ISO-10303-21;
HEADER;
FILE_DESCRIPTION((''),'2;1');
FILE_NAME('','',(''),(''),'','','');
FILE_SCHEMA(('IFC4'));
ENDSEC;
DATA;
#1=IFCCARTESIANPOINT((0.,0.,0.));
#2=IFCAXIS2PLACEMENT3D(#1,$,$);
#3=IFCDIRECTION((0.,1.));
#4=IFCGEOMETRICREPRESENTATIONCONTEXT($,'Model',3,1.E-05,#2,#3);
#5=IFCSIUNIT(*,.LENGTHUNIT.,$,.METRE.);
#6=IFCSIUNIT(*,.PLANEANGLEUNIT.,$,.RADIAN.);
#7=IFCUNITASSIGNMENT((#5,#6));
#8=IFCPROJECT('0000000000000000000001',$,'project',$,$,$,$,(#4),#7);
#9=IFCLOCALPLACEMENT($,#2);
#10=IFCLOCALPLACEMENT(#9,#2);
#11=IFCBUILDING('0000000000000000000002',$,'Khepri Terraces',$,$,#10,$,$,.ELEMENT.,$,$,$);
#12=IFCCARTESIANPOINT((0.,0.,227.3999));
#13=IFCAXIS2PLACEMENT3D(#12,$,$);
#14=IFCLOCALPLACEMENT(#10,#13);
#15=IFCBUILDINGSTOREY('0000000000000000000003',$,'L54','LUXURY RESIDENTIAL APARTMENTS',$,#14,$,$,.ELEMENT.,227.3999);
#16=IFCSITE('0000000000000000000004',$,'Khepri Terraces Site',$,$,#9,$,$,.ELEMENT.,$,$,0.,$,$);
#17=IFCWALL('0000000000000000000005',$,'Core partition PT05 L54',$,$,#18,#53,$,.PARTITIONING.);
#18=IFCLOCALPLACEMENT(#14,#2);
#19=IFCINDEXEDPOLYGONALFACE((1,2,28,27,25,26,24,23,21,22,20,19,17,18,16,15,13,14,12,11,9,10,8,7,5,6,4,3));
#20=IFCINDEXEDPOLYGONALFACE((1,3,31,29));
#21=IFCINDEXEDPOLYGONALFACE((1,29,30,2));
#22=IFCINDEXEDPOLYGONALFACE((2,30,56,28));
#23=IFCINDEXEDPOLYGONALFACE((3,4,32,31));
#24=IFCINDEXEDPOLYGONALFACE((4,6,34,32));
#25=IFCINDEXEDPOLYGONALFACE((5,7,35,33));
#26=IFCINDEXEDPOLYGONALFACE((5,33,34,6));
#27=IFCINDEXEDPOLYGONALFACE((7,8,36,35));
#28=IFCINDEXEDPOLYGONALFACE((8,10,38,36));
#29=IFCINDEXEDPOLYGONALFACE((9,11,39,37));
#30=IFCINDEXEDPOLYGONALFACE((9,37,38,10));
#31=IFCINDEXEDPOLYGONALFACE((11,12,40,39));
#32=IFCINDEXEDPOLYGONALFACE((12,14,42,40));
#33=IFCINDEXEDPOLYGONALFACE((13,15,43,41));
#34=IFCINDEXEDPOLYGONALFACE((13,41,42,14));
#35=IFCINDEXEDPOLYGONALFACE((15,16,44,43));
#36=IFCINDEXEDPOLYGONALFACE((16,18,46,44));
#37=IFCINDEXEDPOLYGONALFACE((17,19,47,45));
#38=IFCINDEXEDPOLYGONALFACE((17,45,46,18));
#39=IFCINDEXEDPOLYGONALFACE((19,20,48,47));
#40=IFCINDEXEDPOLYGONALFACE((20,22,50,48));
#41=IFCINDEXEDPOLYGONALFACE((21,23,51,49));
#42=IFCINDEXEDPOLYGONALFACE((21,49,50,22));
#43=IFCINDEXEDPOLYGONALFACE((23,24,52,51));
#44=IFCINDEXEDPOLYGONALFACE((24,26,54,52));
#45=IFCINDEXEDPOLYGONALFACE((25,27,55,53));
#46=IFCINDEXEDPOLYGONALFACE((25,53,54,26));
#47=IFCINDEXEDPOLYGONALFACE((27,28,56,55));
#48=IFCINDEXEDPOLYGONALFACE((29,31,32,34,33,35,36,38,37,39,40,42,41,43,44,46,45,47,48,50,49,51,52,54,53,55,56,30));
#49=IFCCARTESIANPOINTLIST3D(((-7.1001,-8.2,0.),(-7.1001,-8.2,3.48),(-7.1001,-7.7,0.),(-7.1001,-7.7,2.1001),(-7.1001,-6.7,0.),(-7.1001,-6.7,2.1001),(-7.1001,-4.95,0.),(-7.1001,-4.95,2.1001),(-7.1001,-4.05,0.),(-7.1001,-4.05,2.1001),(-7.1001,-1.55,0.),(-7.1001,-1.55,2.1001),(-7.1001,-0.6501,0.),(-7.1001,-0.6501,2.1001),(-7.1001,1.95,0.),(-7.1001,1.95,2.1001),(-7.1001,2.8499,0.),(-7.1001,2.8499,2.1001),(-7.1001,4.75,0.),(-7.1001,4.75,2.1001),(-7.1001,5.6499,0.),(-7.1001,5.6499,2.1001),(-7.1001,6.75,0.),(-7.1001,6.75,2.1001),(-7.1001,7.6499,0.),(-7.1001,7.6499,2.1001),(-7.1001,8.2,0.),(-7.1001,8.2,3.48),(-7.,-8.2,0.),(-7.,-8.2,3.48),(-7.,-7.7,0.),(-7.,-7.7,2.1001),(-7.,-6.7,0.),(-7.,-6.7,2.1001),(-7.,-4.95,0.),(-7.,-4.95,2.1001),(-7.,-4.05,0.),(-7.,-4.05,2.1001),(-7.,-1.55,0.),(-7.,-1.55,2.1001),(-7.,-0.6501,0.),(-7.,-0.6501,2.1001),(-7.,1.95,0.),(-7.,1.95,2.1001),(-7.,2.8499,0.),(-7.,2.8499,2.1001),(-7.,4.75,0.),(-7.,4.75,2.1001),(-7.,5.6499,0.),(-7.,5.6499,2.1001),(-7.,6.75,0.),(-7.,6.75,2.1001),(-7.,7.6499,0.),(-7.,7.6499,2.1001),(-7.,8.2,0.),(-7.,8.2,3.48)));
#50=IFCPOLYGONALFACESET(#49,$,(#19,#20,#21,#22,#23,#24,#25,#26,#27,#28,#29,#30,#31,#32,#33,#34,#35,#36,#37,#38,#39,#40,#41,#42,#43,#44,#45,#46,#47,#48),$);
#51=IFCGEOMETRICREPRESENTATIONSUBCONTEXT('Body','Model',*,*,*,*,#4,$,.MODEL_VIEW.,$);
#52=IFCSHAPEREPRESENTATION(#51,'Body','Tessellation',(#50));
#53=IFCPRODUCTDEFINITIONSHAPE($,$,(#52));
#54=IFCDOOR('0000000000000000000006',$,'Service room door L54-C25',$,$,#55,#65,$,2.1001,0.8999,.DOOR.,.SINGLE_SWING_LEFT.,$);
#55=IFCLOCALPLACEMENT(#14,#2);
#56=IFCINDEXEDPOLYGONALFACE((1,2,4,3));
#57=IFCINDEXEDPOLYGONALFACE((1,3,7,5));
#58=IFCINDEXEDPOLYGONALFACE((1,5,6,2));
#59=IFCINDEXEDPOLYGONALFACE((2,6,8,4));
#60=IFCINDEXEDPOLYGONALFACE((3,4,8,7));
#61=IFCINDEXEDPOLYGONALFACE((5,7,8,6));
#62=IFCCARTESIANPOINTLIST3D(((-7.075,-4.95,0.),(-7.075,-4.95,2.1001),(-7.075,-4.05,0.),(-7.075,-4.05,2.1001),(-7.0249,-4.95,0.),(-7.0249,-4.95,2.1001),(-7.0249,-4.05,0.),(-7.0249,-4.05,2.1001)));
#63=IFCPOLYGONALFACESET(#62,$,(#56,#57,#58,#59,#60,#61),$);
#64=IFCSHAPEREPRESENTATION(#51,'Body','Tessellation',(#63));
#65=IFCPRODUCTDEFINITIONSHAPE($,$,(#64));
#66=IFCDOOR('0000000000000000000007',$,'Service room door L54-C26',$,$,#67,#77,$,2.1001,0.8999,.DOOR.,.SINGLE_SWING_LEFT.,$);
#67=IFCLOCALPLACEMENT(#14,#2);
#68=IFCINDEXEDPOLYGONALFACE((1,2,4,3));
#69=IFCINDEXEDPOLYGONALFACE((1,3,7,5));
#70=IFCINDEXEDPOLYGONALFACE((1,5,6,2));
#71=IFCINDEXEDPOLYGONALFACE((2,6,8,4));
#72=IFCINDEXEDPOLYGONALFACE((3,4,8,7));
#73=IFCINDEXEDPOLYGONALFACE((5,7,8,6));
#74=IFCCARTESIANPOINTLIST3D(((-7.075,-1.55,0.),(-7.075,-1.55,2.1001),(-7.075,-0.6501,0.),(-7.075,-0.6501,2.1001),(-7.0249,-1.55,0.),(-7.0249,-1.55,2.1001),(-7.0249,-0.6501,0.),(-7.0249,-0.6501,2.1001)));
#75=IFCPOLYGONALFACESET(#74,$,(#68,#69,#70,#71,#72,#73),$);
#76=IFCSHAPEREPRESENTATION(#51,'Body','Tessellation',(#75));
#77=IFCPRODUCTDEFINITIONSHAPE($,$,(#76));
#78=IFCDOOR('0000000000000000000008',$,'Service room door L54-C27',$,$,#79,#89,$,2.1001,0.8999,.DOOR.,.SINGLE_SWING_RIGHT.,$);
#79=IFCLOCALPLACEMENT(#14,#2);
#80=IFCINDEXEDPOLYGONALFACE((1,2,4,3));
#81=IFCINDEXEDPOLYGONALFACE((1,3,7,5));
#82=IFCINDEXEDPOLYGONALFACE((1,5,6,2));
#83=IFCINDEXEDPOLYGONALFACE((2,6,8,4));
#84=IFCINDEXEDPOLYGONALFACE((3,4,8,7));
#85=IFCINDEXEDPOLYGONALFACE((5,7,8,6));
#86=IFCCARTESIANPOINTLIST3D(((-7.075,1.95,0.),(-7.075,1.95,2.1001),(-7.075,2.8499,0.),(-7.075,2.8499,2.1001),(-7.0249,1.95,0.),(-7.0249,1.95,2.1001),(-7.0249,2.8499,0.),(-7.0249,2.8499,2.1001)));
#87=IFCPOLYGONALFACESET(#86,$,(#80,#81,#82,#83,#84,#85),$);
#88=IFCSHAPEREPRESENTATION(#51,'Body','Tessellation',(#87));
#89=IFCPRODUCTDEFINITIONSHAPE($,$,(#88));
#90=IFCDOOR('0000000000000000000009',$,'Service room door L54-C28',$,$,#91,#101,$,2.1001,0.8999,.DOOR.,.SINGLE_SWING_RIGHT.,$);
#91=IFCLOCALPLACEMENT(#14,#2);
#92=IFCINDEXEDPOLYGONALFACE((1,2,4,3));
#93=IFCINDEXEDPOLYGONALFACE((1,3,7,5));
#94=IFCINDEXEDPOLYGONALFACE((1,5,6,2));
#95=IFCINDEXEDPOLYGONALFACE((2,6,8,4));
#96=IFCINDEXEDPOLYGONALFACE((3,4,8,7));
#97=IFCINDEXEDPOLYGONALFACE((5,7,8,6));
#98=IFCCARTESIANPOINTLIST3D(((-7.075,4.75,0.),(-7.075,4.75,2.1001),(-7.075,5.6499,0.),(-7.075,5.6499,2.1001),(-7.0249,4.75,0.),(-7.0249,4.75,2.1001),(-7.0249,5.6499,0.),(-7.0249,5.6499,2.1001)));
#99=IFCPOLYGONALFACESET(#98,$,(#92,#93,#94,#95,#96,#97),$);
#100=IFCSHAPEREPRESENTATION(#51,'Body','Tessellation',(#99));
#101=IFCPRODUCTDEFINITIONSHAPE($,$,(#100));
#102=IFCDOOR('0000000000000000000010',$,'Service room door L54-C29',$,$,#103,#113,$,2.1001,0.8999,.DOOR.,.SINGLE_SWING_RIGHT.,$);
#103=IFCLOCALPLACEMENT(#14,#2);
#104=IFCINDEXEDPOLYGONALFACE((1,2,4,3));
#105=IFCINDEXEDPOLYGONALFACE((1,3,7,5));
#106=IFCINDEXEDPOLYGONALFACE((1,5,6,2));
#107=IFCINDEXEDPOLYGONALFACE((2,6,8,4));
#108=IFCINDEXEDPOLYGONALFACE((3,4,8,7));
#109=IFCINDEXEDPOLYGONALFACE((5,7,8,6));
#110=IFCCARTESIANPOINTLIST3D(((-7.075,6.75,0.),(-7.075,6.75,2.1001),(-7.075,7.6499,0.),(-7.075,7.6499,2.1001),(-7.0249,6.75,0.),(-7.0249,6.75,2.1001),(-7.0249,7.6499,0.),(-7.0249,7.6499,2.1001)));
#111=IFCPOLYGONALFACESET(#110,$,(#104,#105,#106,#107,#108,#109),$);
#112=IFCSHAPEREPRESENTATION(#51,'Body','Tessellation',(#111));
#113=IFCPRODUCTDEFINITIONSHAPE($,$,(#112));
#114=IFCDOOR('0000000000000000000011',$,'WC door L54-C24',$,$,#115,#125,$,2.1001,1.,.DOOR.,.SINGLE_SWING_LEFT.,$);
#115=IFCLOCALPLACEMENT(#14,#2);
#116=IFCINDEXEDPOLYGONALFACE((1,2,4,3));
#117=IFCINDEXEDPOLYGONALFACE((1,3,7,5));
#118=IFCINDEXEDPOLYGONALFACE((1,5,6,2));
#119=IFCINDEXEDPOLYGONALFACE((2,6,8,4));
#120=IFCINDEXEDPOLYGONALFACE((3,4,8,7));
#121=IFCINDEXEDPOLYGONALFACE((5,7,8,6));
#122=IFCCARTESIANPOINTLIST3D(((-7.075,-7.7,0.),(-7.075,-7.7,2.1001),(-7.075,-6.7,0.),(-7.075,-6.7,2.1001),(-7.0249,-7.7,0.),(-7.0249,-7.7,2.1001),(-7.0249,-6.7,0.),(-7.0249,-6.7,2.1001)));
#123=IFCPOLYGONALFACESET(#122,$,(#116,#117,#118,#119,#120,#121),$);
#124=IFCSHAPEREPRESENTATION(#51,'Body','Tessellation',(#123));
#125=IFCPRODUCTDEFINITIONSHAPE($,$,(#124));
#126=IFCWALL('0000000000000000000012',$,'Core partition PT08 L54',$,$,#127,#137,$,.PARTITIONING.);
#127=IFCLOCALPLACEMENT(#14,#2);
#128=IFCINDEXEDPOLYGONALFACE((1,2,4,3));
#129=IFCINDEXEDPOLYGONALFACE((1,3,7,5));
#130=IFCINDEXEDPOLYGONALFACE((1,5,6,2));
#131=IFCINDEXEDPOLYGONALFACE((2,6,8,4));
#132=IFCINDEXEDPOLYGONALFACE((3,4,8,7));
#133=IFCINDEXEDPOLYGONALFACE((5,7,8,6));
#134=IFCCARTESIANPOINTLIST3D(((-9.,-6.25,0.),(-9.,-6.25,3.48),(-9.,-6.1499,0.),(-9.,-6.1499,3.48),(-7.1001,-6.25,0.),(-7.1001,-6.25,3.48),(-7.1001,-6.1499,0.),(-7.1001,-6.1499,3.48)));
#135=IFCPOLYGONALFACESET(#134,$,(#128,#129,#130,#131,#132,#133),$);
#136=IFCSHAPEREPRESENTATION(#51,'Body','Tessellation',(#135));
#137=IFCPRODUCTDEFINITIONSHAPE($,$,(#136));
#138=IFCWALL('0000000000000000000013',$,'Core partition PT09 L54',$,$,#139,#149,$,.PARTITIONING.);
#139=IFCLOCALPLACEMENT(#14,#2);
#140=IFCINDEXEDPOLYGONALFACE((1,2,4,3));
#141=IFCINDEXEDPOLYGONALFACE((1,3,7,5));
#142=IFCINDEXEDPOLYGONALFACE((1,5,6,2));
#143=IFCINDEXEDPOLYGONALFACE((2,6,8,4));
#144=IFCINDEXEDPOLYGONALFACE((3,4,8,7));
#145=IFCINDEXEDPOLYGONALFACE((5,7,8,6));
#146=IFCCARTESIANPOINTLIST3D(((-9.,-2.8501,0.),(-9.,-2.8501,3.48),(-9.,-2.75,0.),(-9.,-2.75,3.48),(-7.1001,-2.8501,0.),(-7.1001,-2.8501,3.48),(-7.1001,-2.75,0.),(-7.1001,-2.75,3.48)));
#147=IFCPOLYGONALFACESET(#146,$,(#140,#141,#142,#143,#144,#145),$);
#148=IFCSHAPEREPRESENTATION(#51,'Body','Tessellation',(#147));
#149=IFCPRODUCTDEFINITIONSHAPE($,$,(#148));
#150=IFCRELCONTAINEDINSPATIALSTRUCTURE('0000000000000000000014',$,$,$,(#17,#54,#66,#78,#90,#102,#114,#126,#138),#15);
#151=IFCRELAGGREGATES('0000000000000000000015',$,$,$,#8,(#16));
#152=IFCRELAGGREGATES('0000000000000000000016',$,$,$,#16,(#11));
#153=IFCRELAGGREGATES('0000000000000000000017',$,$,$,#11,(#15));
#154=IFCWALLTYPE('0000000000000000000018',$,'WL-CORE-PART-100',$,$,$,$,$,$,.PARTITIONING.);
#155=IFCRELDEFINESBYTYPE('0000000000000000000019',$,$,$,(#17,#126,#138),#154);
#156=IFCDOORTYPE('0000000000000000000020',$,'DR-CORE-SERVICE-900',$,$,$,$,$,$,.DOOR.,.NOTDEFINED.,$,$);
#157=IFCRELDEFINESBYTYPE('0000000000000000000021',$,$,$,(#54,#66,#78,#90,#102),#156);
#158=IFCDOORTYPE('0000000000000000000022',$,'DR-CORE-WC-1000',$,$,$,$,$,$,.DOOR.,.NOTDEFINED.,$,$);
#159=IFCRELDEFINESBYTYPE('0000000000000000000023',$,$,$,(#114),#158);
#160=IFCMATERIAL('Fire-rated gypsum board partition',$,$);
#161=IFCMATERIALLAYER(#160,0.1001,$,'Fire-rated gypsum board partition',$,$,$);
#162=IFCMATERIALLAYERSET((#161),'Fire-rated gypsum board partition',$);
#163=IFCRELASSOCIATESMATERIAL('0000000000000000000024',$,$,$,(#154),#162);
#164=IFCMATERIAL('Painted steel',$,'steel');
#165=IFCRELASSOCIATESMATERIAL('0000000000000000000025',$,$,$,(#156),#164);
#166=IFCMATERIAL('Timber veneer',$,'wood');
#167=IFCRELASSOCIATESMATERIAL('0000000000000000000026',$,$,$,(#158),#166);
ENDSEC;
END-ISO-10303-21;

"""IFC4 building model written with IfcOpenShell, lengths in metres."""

from ifc_helpers import new_model, si_unit, direction, frame, frame_2d, origin, place, context, subcontext, project, spatial, rectangle, extrude, material, layer, layer_set, type_object, element, fill, save


model = new_model("IFC4")

# Units and contexts
model_context = context("Model", 3, precision=1e-05, world=origin(), true_north=direction((0.0, 1.0)))
body_context = subcontext(model_context, "Body", "Model", "MODEL_VIEW")
ifc_project = project(units=[si_unit("LENGTHUNIT", "METRE"), si_unit("PLANEANGLEUNIT", "RADIAN")], contexts=[model_context])

# Site, building, storey
site_placement = place(None, origin())
site = spatial("IfcSite", under=ifc_project, at=site_placement, Name="Khepri Terraces Site", CompositionType="ELEMENT", RefElevation=0.0)
building_placement = place(site_placement, origin())
building = spatial("IfcBuilding", under=site, at=building_placement, Name="Khepri Terraces", CompositionType="ELEMENT")
storey_placement = place(building_placement, frame((0.0, 0.0, 227.3999)))
storey = spatial("IfcBuildingStorey", under=building, at=storey_placement, Name="L54", Description="LUXURY RESIDENTIAL APARTMENTS", CompositionType="ELEMENT", Elevation=227.3999)

# Shared definitions
ifc_material_1 = material(Name="Painted steel", Category="steel")

# Wall, openings, doors
ifc_material_2 = material(Name="Fire-rated gypsum board partition")
ifc_layer_1 = layer(ifc_material_2, 0.1001, Name="Fire-rated gypsum board partition")
ifc_layer_set_1 = layer_set([ifc_layer_1], Name="Fire-rated gypsum board partition")
wall_type_1 = type_object("IfcWallType", Name="WL-CORE-PART-100", PredefinedType="PARTITIONING", material=ifc_layer_set_1)
wall_1_placement = place(storey_placement, frame((-7.05, -8.2, 0.0), z_axis=(0.0, 0.0, 1.0), x_axis=(0.0, 1.0, 0.0)))
wall_1 = element("IfcWall", 1, at=wall_1_placement, inside=storey, type_object=wall_type_1, Name="Core partition PT05 L54", PredefinedType="PARTITIONING", context=body_context, shape_type="SweptSolid", body=[
    extrude(rectangle(XDim=16.3999, YDim=0.1001, at=frame_2d((8.2, 0.0))), origin(), (0.0, 0.0, 1.0), 3.48),
])
opening_1_placement = place(wall_1_placement, frame((0.5, 0.0, 0.0)))
opening_1 = element("IfcOpeningElement", 2, at=opening_1_placement, cuts=wall_1, PredefinedType="OPENING", context=body_context, shape_type="SweptSolid", body=[
    extrude(rectangle(XDim=1.0, YDim=2.1001, at=frame_2d((0.5, 1.05))), frame((0.0, 0.0601, 0.0), z_axis=(0.0, -1.0, 0.0), x_axis=(1.0, 0.0, 0.0)), (0.0, 0.0, 1.0), 0.1201),
])
opening_2_placement = place(wall_1_placement, frame((3.25, 0.0, 0.0)))
opening_2 = element("IfcOpeningElement", 3, at=opening_2_placement, cuts=wall_1, PredefinedType="OPENING", context=body_context, shape_type="SweptSolid", body=[
    extrude(rectangle(XDim=0.8999, YDim=2.1001, at=frame_2d((0.45, 1.05))), frame((0.0, 0.0601, 0.0), z_axis=(0.0, -1.0, 0.0), x_axis=(1.0, 0.0, 0.0)), (0.0, 0.0, 1.0), 0.1201),
])
opening_3_placement = place(wall_1_placement, frame((6.6499, 0.0, 0.0)))
opening_3 = element("IfcOpeningElement", 4, at=opening_3_placement, cuts=wall_1, PredefinedType="OPENING", context=body_context, shape_type="SweptSolid", body=[
    extrude(rectangle(XDim=0.8999, YDim=2.1001, at=frame_2d((0.45, 1.05))), frame((0.0, 0.0601, 0.0), z_axis=(0.0, -1.0, 0.0), x_axis=(1.0, 0.0, 0.0)), (0.0, 0.0, 1.0), 0.1201),
])
opening_4_placement = place(wall_1_placement, frame((10.1499, 0.0, 0.0)))
opening_4 = element("IfcOpeningElement", 5, at=opening_4_placement, cuts=wall_1, PredefinedType="OPENING", context=body_context, shape_type="SweptSolid", body=[
    extrude(rectangle(XDim=0.8999, YDim=2.1001, at=frame_2d((0.45, 1.05))), frame((0.0, 0.0601, 0.0), z_axis=(0.0, -1.0, 0.0), x_axis=(1.0, 0.0, 0.0)), (0.0, 0.0, 1.0), 0.1201),
])
opening_5_placement = place(wall_1_placement, frame((12.95, 0.0, 0.0)))
opening_5 = element("IfcOpeningElement", 6, at=opening_5_placement, cuts=wall_1, PredefinedType="OPENING", context=body_context, shape_type="SweptSolid", body=[
    extrude(rectangle(XDim=0.8999, YDim=2.1001, at=frame_2d((0.45, 1.05))), frame((0.0, 0.0601, 0.0), z_axis=(0.0, -1.0, 0.0), x_axis=(1.0, 0.0, 0.0)), (0.0, 0.0, 1.0), 0.1201),
])
opening_6_placement = place(wall_1_placement, frame((14.95, 0.0, 0.0)))
opening_6 = element("IfcOpeningElement", 7, at=opening_6_placement, cuts=wall_1, PredefinedType="OPENING", context=body_context, shape_type="SweptSolid", body=[
    extrude(rectangle(XDim=0.8999, YDim=2.1001, at=frame_2d((0.45, 1.05))), frame((0.0, 0.0601, 0.0), z_axis=(0.0, -1.0, 0.0), x_axis=(1.0, 0.0, 0.0)), (0.0, 0.0, 1.0), 0.1201),
])
door_type_1 = type_object("IfcDoorType", Name="DR-CORE-SERVICE-900", OperationType="NOTDEFINED", PredefinedType="DOOR", material=ifc_material_1)
door_1_placement = place(opening_2_placement, origin())
door_1 = element("IfcDoor", 8, at=door_1_placement, inside=storey, type_object=door_type_1, Name="Service room door L54-C25", OperationType="SINGLE_SWING_LEFT", OverallHeight=2.1001, OverallWidth=0.8999, PredefinedType="DOOR", context=body_context, shape_type="SweptSolid", body=[
    extrude(rectangle(XDim=0.8999, YDim=2.1001, at=frame_2d((0.45, 1.05))), frame((0.0, 0.0249, 0.0), z_axis=(0.0, -1.0, 0.0), x_axis=(1.0, 0.0, 0.0)), (0.0, 0.0, 1.0), 0.05),
])
fill(opening_2, door_1)
door_2_placement = place(opening_3_placement, origin())
door_2 = element("IfcDoor", 9, at=door_2_placement, inside=storey, type_object=door_type_1, Name="Service room door L54-C26", OperationType="SINGLE_SWING_LEFT", OverallHeight=2.1001, OverallWidth=0.8999, PredefinedType="DOOR", context=body_context, shape_type="SweptSolid", body=[
    extrude(rectangle(XDim=0.8999, YDim=2.1001, at=frame_2d((0.45, 1.05))), frame((0.0, 0.0249, 0.0), z_axis=(0.0, -1.0, 0.0), x_axis=(1.0, 0.0, 0.0)), (0.0, 0.0, 1.0), 0.05),
])
fill(opening_3, door_2)
door_3_placement = place(opening_4_placement, origin())
door_3 = element("IfcDoor", 10, at=door_3_placement, inside=storey, type_object=door_type_1, Name="Service room door L54-C27", OperationType="SINGLE_SWING_RIGHT", OverallHeight=2.1001, OverallWidth=0.8999, PredefinedType="DOOR", context=body_context, shape_type="SweptSolid", body=[
    extrude(rectangle(XDim=0.8999, YDim=2.1001, at=frame_2d((0.45, 1.05))), frame((0.0, 0.0249, 0.0), z_axis=(0.0, -1.0, 0.0), x_axis=(1.0, 0.0, 0.0)), (0.0, 0.0, 1.0), 0.05),
])
fill(opening_4, door_3)
door_4_placement = place(opening_5_placement, origin())
door_4 = element("IfcDoor", 11, at=door_4_placement, inside=storey, type_object=door_type_1, Name="Service room door L54-C28", OperationType="SINGLE_SWING_RIGHT", OverallHeight=2.1001, OverallWidth=0.8999, PredefinedType="DOOR", context=body_context, shape_type="SweptSolid", body=[
    extrude(rectangle(XDim=0.8999, YDim=2.1001, at=frame_2d((0.45, 1.05))), frame((0.0, 0.0249, 0.0), z_axis=(0.0, -1.0, 0.0), x_axis=(1.0, 0.0, 0.0)), (0.0, 0.0, 1.0), 0.05),
])
fill(opening_5, door_4)
door_5_placement = place(opening_6_placement, origin())
door_5 = element("IfcDoor", 12, at=door_5_placement, inside=storey, type_object=door_type_1, Name="Service room door L54-C29", OperationType="SINGLE_SWING_RIGHT", OverallHeight=2.1001, OverallWidth=0.8999, PredefinedType="DOOR", context=body_context, shape_type="SweptSolid", body=[
    extrude(rectangle(XDim=0.8999, YDim=2.1001, at=frame_2d((0.45, 1.05))), frame((0.0, 0.0249, 0.0), z_axis=(0.0, -1.0, 0.0), x_axis=(1.0, 0.0, 0.0)), (0.0, 0.0, 1.0), 0.05),
])
fill(opening_6, door_5)
ifc_material_3 = material(Name="Timber veneer", Category="wood")
door_type_2 = type_object("IfcDoorType", Name="DR-CORE-WC-1000", OperationType="NOTDEFINED", PredefinedType="DOOR", material=ifc_material_3)
door_6_placement = place(opening_1_placement, origin())
door_6 = element("IfcDoor", 13, at=door_6_placement, inside=storey, type_object=door_type_2, Name="WC door L54-C24", OperationType="SINGLE_SWING_LEFT", OverallHeight=2.1001, OverallWidth=1.0, PredefinedType="DOOR", context=body_context, shape_type="SweptSolid", body=[
    extrude(rectangle(XDim=1.0, YDim=2.1001, at=frame_2d((0.5, 1.05))), frame((0.0, 0.0249, 0.0), z_axis=(0.0, -1.0, 0.0), x_axis=(1.0, 0.0, 0.0)), (0.0, 0.0, 1.0), 0.05),
])
fill(opening_1, door_6)

# Walls
for number, where, z_axis, x_axis, name in (
    (14, (-9.0, -6.2, 0.0), (0.0, 0.0, 1.0), (1.0, 0.0, 0.0), "Core partition PT08 L54"),
    (15, (-9.0, -2.8, 0.0), (0.0, 0.0, 1.0), (1.0, 0.0, 0.0), "Core partition PT09 L54"),
):
    element("IfcWall", number, at=place(storey_placement, frame(where, z_axis=z_axis, x_axis=x_axis)), inside=storey, type_object=wall_type_1, Name=name, PredefinedType="PARTITIONING", context=body_context, shape_type="SweptSolid", body=[
        extrude(rectangle(XDim=1.8999, YDim=0.1001, at=frame_2d((0.95, 0.0))), origin(), (0.0, 0.0, 1.0), 3.48),
    ])

save(model, "model.ifc")
